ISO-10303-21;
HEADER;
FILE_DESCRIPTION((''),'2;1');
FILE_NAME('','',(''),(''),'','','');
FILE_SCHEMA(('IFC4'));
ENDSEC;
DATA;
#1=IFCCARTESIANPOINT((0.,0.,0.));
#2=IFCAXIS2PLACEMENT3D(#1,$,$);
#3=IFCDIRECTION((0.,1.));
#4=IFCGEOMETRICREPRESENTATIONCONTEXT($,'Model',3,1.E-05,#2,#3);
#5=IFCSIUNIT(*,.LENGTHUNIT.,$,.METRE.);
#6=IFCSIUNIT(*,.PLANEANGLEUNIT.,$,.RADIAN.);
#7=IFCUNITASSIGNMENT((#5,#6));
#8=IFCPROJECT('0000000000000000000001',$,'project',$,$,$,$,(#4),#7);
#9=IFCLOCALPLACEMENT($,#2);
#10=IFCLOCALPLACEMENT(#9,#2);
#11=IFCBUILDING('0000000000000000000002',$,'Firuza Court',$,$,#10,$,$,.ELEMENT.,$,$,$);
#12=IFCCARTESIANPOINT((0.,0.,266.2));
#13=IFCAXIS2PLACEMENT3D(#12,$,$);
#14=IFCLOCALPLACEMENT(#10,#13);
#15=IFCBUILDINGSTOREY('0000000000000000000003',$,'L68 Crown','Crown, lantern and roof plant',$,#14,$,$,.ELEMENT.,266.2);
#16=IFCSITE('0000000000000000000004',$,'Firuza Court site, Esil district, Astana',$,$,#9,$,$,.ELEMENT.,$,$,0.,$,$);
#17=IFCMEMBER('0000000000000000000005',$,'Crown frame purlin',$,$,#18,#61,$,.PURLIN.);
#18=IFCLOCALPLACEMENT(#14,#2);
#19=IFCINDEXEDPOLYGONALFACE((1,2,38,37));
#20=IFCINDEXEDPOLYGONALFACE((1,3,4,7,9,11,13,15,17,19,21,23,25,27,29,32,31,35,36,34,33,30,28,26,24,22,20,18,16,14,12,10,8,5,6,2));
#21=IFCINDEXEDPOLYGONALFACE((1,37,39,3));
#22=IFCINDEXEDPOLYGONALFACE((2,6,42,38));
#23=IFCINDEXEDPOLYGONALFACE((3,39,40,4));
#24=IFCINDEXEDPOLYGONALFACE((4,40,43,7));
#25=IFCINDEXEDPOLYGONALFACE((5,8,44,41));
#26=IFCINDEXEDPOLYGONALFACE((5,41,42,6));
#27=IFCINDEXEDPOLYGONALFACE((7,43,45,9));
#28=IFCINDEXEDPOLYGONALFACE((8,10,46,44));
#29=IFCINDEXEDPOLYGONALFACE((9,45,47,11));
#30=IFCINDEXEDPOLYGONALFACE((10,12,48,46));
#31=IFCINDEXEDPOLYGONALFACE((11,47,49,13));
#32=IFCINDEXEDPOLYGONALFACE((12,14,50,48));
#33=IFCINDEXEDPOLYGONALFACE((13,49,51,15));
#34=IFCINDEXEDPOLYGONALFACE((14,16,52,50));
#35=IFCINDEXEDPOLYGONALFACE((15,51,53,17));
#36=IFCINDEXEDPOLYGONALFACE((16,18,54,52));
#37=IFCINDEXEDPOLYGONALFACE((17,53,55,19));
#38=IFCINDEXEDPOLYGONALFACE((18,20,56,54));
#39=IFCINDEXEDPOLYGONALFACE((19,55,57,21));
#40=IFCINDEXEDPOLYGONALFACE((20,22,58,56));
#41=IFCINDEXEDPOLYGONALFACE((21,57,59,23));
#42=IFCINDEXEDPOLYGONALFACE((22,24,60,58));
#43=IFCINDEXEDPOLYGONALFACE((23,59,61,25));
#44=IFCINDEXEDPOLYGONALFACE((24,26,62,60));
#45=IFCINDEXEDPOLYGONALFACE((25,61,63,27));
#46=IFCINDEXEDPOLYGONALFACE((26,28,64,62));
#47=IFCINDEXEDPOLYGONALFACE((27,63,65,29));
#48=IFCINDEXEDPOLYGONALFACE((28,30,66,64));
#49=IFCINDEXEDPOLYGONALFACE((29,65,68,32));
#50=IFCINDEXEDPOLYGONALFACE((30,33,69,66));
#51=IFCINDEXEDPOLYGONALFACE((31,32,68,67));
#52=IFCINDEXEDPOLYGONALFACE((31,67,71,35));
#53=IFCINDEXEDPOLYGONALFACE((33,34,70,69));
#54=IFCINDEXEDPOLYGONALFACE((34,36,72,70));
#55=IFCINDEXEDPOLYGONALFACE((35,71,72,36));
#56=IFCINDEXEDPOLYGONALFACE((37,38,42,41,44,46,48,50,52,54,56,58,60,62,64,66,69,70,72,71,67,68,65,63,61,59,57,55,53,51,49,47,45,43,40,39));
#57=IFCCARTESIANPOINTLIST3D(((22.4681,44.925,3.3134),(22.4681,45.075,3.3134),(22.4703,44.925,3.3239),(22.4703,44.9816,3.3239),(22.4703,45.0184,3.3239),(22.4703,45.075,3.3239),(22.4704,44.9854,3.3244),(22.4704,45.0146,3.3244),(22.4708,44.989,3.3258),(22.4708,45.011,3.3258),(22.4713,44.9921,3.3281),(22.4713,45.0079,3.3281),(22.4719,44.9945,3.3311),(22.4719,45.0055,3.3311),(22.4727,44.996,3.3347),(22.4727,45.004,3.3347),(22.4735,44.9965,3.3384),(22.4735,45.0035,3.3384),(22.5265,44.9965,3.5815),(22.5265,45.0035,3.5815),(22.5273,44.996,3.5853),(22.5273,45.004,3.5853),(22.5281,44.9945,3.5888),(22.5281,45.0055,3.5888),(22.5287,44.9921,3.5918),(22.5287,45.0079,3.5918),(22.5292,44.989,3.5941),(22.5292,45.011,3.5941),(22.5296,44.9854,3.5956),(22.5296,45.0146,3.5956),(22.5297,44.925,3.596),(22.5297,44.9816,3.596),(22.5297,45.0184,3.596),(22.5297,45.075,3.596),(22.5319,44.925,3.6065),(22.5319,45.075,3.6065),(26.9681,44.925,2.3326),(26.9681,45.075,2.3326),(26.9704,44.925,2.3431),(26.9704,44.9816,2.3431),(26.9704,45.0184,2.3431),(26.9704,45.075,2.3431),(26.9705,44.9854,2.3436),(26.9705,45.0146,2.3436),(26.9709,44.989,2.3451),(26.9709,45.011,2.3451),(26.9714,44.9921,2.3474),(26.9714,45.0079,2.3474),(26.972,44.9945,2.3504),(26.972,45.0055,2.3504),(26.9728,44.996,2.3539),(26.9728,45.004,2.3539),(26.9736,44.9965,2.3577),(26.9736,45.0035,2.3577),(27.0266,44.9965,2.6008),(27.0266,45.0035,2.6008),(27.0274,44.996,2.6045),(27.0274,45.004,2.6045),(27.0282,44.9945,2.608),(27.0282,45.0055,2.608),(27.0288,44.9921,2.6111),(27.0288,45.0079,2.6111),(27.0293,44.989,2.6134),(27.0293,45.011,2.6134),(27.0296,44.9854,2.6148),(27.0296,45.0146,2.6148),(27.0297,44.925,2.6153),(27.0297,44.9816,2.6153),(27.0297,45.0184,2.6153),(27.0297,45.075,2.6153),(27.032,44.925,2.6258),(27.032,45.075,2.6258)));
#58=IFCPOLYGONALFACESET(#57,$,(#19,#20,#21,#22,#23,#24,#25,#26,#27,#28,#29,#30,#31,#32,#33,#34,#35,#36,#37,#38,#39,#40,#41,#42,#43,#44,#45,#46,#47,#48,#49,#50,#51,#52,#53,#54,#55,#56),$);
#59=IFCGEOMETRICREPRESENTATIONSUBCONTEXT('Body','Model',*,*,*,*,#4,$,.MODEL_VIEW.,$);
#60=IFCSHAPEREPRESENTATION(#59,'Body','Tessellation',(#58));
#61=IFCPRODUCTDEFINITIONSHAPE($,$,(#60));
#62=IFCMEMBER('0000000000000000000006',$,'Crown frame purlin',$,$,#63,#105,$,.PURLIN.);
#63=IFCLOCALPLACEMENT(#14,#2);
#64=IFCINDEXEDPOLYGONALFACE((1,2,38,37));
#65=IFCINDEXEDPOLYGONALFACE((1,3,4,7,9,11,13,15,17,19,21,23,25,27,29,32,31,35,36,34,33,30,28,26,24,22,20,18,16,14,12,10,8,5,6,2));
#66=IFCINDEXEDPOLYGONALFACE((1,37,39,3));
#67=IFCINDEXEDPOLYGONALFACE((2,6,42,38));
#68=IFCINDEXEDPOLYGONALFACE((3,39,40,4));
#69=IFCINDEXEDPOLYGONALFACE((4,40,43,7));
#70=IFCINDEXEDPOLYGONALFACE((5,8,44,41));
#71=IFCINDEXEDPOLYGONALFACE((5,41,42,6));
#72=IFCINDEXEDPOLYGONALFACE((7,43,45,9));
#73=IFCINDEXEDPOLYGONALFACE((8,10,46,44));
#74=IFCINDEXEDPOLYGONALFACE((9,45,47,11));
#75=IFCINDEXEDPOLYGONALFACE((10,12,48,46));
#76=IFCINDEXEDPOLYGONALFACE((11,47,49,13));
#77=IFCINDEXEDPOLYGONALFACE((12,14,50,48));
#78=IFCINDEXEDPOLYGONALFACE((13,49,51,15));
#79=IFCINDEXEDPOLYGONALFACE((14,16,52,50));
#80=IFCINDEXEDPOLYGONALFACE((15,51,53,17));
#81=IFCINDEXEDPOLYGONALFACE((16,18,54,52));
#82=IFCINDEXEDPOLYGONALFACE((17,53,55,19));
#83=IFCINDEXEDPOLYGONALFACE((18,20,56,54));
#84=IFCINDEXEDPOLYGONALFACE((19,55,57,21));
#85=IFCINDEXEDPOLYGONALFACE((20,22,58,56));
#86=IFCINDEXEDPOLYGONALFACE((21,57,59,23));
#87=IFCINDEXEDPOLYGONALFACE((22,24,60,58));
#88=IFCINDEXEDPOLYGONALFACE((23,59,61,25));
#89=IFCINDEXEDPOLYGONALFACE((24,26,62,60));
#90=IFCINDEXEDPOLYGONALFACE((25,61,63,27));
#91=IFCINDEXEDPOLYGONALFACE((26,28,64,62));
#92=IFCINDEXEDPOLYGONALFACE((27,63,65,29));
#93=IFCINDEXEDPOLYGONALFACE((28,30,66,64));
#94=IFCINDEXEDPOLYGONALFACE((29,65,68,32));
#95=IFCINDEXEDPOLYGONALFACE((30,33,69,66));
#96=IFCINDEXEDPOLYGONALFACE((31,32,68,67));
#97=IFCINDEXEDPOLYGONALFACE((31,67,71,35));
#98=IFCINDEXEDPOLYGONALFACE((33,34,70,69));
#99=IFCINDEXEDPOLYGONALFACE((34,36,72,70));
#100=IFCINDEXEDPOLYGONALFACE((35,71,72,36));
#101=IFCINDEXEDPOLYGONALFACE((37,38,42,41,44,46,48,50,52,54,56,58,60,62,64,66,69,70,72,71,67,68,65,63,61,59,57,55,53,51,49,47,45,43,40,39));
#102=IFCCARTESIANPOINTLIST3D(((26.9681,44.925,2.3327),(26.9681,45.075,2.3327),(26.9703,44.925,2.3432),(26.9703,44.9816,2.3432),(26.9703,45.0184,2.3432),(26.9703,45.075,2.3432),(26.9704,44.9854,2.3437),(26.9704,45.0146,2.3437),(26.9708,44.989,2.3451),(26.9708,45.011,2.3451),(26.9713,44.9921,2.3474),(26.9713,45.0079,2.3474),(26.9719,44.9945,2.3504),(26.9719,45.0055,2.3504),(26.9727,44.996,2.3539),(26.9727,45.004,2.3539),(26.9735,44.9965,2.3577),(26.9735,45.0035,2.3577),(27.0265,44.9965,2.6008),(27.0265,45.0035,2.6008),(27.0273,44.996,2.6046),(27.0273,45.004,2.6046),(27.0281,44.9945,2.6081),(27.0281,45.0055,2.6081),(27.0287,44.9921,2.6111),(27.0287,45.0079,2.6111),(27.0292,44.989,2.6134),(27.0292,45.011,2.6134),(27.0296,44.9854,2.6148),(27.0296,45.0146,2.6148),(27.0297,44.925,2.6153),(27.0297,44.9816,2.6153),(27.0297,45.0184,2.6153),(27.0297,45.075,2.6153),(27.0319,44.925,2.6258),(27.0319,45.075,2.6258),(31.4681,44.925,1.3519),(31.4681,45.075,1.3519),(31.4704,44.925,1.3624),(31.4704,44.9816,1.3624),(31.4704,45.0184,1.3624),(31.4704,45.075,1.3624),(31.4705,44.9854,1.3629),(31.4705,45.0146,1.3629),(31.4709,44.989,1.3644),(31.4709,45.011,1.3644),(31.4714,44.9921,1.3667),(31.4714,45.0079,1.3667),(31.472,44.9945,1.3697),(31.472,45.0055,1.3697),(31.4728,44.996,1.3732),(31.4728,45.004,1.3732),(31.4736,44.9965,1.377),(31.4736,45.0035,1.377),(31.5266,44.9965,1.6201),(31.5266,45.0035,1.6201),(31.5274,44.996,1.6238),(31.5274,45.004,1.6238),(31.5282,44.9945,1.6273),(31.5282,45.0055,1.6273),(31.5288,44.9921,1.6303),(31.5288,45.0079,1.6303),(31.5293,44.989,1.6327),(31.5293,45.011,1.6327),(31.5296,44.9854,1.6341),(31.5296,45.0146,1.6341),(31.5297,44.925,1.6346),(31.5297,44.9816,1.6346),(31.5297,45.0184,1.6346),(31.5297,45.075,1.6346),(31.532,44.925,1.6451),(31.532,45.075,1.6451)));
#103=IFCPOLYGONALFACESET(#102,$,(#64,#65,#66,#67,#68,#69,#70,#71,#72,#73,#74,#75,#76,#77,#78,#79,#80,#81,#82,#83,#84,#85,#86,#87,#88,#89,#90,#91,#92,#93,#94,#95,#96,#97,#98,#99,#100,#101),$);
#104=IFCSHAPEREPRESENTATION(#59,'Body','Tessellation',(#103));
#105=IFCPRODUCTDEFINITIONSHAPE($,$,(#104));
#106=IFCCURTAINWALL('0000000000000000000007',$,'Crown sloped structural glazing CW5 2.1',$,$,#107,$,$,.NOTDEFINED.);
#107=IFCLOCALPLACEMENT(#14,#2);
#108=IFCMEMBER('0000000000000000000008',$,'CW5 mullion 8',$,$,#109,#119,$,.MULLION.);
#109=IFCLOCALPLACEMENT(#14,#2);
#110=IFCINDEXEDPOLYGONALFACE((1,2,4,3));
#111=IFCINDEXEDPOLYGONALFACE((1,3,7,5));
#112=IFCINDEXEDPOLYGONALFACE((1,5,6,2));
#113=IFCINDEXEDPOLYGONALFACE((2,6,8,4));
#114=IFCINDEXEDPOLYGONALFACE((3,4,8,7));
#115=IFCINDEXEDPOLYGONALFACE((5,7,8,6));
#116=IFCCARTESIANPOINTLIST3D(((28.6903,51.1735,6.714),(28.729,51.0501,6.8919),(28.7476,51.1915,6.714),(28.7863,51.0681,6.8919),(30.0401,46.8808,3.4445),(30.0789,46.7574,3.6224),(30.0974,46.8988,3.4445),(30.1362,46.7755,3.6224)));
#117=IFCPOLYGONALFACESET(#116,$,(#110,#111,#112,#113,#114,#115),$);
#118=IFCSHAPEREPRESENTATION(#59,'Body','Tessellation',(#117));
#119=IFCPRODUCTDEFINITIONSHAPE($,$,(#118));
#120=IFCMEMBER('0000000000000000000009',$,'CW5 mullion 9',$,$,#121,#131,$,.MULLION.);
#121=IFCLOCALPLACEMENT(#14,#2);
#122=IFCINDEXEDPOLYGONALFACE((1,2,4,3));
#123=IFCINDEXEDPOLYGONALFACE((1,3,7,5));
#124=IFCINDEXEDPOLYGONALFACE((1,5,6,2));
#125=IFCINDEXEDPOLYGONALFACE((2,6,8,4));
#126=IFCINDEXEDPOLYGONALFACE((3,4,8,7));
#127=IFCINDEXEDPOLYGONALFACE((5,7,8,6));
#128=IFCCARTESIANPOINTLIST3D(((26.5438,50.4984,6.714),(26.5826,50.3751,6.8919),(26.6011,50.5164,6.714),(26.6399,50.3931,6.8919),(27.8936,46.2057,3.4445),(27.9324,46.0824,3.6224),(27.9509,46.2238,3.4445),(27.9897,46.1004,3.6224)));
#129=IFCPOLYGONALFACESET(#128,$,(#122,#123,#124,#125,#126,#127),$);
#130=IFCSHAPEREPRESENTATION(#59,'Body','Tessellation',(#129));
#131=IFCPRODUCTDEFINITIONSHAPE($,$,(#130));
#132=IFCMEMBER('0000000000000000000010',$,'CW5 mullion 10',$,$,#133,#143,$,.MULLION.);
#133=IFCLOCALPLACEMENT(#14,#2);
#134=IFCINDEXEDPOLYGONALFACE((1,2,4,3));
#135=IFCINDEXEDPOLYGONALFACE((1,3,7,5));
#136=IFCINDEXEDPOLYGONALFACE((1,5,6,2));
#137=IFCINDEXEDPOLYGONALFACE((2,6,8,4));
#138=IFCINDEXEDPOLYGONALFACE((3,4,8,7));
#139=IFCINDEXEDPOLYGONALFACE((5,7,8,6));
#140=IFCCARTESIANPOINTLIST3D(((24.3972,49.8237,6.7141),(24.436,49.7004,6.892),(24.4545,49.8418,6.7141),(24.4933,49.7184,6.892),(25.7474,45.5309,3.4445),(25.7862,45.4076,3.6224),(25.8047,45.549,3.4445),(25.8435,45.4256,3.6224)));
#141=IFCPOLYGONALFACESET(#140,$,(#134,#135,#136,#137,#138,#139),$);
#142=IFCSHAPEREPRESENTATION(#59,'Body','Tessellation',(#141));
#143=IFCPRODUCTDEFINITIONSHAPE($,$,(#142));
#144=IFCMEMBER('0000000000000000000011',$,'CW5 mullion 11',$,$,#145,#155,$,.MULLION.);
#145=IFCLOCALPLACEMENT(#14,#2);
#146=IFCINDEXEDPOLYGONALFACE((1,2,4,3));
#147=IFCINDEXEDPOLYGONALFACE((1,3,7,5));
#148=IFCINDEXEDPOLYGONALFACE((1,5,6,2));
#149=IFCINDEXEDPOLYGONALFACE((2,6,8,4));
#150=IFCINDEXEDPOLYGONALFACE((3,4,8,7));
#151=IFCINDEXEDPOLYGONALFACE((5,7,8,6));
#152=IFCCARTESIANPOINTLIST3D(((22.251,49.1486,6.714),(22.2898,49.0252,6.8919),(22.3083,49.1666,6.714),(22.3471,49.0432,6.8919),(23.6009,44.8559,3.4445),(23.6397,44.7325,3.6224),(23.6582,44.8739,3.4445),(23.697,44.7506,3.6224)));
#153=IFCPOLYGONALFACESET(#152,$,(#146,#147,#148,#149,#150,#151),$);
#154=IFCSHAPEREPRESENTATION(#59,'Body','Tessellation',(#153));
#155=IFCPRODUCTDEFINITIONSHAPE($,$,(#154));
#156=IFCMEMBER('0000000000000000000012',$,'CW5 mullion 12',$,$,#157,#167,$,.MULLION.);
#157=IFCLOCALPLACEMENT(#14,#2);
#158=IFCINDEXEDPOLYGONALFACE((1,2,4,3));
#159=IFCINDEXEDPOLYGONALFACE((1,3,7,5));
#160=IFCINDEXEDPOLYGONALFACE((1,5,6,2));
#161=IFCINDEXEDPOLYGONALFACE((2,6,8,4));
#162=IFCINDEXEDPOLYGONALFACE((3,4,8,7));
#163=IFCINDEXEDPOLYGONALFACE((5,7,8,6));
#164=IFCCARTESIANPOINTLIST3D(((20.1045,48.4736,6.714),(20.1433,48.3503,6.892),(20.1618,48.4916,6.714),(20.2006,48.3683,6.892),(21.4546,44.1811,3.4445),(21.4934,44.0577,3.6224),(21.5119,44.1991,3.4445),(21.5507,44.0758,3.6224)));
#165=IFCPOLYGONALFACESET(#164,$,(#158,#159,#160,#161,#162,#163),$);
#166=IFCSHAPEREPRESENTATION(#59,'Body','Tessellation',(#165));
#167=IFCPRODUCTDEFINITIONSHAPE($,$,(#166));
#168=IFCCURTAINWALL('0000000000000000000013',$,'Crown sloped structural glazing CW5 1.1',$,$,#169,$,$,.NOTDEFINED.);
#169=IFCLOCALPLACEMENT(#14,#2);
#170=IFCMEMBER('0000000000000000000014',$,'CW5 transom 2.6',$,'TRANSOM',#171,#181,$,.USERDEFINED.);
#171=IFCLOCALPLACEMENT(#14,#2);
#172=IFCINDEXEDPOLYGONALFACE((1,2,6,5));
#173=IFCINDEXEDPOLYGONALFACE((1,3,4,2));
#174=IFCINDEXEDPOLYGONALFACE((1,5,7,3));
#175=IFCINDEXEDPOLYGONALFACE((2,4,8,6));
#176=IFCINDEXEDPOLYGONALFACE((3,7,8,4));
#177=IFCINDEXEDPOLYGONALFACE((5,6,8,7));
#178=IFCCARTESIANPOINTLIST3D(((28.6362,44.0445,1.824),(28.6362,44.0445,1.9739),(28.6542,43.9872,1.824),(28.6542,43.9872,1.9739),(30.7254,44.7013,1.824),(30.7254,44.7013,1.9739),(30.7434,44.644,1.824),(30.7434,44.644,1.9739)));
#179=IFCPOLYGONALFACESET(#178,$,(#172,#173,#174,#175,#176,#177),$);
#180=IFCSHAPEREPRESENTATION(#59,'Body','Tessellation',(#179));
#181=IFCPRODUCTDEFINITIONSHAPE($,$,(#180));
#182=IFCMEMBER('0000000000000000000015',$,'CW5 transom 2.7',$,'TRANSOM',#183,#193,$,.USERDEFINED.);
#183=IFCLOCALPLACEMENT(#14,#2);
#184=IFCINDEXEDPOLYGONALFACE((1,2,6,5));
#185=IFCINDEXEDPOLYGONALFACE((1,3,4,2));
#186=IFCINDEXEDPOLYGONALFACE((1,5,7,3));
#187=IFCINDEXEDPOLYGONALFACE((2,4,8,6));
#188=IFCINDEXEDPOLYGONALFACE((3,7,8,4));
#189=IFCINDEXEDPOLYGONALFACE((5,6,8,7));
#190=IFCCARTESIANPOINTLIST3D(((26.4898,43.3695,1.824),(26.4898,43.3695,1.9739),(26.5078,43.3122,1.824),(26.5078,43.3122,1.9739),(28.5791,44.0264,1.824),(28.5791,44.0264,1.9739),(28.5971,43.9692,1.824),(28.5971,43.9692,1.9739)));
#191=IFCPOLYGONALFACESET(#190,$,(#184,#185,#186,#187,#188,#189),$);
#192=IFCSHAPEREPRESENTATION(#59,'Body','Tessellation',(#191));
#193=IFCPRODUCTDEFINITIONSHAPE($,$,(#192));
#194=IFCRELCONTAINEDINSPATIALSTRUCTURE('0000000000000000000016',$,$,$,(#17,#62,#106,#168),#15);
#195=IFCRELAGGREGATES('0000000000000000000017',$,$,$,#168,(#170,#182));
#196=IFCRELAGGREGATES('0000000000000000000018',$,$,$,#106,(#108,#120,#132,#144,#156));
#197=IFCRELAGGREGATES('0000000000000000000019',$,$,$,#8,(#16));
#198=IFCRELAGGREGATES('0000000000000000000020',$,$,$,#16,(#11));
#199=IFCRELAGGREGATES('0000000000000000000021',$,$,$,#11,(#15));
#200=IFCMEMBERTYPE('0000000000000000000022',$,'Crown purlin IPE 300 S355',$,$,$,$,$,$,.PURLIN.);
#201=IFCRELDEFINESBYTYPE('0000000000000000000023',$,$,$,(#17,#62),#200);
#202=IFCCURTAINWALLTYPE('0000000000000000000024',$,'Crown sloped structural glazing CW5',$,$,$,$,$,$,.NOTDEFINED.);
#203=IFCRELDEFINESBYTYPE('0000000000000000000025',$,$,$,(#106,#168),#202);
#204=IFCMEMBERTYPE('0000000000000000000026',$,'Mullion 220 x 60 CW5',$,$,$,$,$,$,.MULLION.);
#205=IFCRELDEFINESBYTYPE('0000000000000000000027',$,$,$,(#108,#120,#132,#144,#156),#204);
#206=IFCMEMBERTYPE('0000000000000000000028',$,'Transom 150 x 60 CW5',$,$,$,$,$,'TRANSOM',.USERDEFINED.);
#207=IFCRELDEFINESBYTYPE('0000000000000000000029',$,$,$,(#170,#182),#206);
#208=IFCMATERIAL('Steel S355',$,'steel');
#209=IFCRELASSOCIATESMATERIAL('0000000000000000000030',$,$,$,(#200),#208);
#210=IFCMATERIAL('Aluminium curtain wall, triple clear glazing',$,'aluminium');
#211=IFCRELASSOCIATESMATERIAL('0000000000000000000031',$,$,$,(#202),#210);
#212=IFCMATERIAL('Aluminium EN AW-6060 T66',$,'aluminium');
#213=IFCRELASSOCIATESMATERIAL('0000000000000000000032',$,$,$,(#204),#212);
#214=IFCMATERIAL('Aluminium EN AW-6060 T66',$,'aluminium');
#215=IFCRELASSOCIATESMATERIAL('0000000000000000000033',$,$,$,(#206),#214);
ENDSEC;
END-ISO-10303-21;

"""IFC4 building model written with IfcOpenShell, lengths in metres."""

from ifc_helpers import new_model, si_unit, direction, frame, origin, origin_2d, place, context, subcontext, project, spatial, rectangle, i_section, extrude, material, material_profile, profile_set, type_object, element, aggregate, save


model = new_model("IFC4")

# Units and contexts
model_context = context("Model", 3, precision=1e-05, world=origin(), true_north=direction((0.0, 1.0)))
body_context = subcontext(model_context, "Body", "Model", "MODEL_VIEW")
ifc_project = project(units=[si_unit("LENGTHUNIT", "METRE"), si_unit("PLANEANGLEUNIT", "RADIAN")], contexts=[model_context])

# Site, building, storey
site_placement = place(None, origin())
site = spatial("IfcSite", under=ifc_project, at=site_placement, Name="Firuza Court site, Esil district, Astana", CompositionType="ELEMENT", RefElevation=0.0)
building_placement = place(site_placement, origin())
building = spatial("IfcBuilding", under=site, at=building_placement, Name="Firuza Court", CompositionType="ELEMENT")
storey_placement = place(building_placement, frame((0.0, 0.0, 266.2)))
storey = spatial("IfcBuildingStorey", under=building, at=storey_placement, Name="L68 Crown", Description="Crown, lantern and roof plant", CompositionType="ELEMENT", Elevation=266.2)

# Members
ifc_material_1 = material(Name="Steel S355", Category="steel")
ifc_material_profile_1 = material_profile(ifc_material_1, i_section(OverallWidth=0.1499, OverallDepth=0.3, WebThickness=0.0071, FlangeThickness=0.0107, FilletRadius=0.0149, at=origin_2d()), Name="IPE 300")
ifc_profile_set_1 = profile_set([ifc_material_profile_1], Name="Steel S355")
member_type_1 = type_object("IfcMemberType", Name="Crown purlin IPE 300 S355", PredefinedType="PURLIN", material=ifc_profile_set_1)
for number, where, z_axis, x_axis, name in (
    (1, (22.5, 45.0, 3.46), (0.977066, 0.0, -0.212938), (0.0, 1.0, 0.0), "Crown frame purlin"),
    (2, (27.0, 45.0, 2.4792), (0.977066, 0.0, -0.212938), (0.0, 1.0, 0.0), "Crown frame purlin"),
):
    element("IfcMember", number, at=place(storey_placement, frame(where, z_axis=z_axis, x_axis=x_axis)), inside=storey, type_object=member_type_1, Name=name, PredefinedType="PURLIN", context=body_context, shape_type="SweptSolid", body=[
        extrude(i_section(OverallWidth=0.1499, OverallDepth=0.3, WebThickness=0.0071, FlangeThickness=0.0107, FilletRadius=0.0149, at=origin_2d()), origin(), (0.0, 0.0, 1.0), 4.6057),
    ])

# Curtain walls, members
ifc_material_2 = material(Name="Aluminium curtain wall, triple clear glazing", Category="aluminium")
curtain_wall_type = type_object("IfcCurtainWallType", Name="Crown sloped structural glazing CW5", PredefinedType="NOTDEFINED", material=ifc_material_2)
curtain_wall_1_placement = place(storey_placement, origin())
curtain_wall_1 = element("IfcCurtainWall", 3, at=curtain_wall_1_placement, inside=storey, type_object=curtain_wall_type, Name="Crown sloped structural glazing CW5 2.1", PredefinedType="NOTDEFINED")
ifc_material_3 = material(Name="Aluminium EN AW-6060 T66", Category="aluminium")
ifc_material_profile_2 = material_profile(ifc_material_3, rectangle(XDim=0.0601, YDim=0.22, at=origin_2d()), Name="Mullion 220 x 60 CW5")
ifc_profile_set_2 = profile_set([ifc_material_profile_2], Name="Aluminium EN AW-6060 T66")
member_type_2 = type_object("IfcMemberType", Name="Mullion 220 x 60 CW5", PredefinedType="MULLION", material=ifc_profile_set_2)
member_1_placement = place(storey_placement, frame((30.0881, 46.8281, 3.5334), z_axis=(-0.242678, 0.77175, 0.5878), x_axis=(-0.953948, -0.29997, 0.0)))
member_1 = element("IfcMember", 4, at=member_1_placement, type_object=member_type_2, Name="CW5 mullion 8", PredefinedType="MULLION", context=body_context, shape_type="SweptSolid", body=[
    extrude(rectangle(XDim=0.0601, YDim=0.22, at=origin_2d()), origin(), (0.0, 0.0, 1.0), 5.5623),
])
member_2_placement = place(storey_placement, frame((27.9417, 46.1531, 3.5334), z_axis=(-0.242678, 0.77175, 0.5878), x_axis=(-0.953948, -0.29997, 0.0)))
member_2 = element("IfcMember", 5, at=member_2_placement, type_object=member_type_2, Name="CW5 mullion 9", PredefinedType="MULLION", context=body_context, shape_type="SweptSolid", body=[
    extrude(rectangle(XDim=0.0601, YDim=0.22, at=origin_2d()), origin(), (0.0, 0.0, 1.0), 5.5623),
])
member_3_placement = place(storey_placement, frame((25.7954, 45.4783, 3.5334), z_axis=(-0.242719, 0.771742, 0.587793), x_axis=(-0.953933, -0.30002, 0.0)))
member_3 = element("IfcMember", 6, at=member_3_placement, type_object=member_type_2, Name="CW5 mullion 10", PredefinedType="MULLION", context=body_context, shape_type="SweptSolid", body=[
    extrude(rectangle(XDim=0.0601, YDim=0.22, at=origin_2d()), origin(), (0.0, 0.0, 1.0), 5.5625),
])
member_4_placement = place(storey_placement, frame((23.6489, 44.8032, 3.5334), z_axis=(-0.242678, 0.77175, 0.5878), x_axis=(-0.953948, -0.29997, 0.0)))
member_4 = element("IfcMember", 7, at=member_4_placement, type_object=member_type_2, Name="CW5 mullion 11", PredefinedType="MULLION", context=body_context, shape_type="SweptSolid", body=[
    extrude(rectangle(XDim=0.0601, YDim=0.22, at=origin_2d()), origin(), (0.0, 0.0, 1.0), 5.5623),
])
member_5_placement = place(storey_placement, frame((21.5027, 44.1284, 3.5334), z_axis=(-0.242728, 0.771725, 0.587813), x_axis=(-0.953928, -0.300035, 0.0)))
member_5 = element("IfcMember", 8, at=member_5_placement, type_object=member_type_2, Name="CW5 mullion 12", PredefinedType="MULLION", context=body_context, shape_type="SweptSolid", body=[
    extrude(rectangle(XDim=0.0601, YDim=0.22, at=origin_2d()), origin(), (0.0, 0.0, 1.0), 5.5623),
])
curtain_wall_2_placement = place(storey_placement, origin())
curtain_wall_2 = element("IfcCurtainWall", 9, at=curtain_wall_2_placement, inside=storey, type_object=curtain_wall_type, Name="Crown sloped structural glazing CW5 1.1", PredefinedType="NOTDEFINED")
ifc_material_4 = material(Name="Aluminium EN AW-6060 T66", Category="aluminium")
ifc_material_profile_3 = material_profile(ifc_material_4, rectangle(XDim=0.0601, YDim=0.1499, at=origin_2d()), Name="Transom 150 x 60 CW5")
ifc_profile_set_3 = profile_set([ifc_material_profile_3], Name="Aluminium EN AW-6060 T66")
member_type_3 = type_object("IfcMemberType", Name="Transom 150 x 60 CW5", ElementType="TRANSOM", PredefinedType="USERDEFINED", material=ifc_profile_set_3)
member_6_placement = place(storey_placement, frame((30.7344, 44.6726, 1.8989), z_axis=(-0.953973, -0.299893, 0.0), x_axis=(0.299893, -0.953973, 0.0)))
member_6 = element("IfcMember", 10, at=member_6_placement, type_object=member_type_3, Name="CW5 transom 2.6", ObjectType="TRANSOM", PredefinedType="USERDEFINED", context=body_context, shape_type="SweptSolid", body=[
    extrude(rectangle(XDim=0.0601, YDim=0.1499, at=origin_2d()), origin(), (0.0, 0.0, 1.0), 2.1899),
])
member_7_placement = place(storey_placement, frame((28.5881, 43.9978, 1.8989), z_axis=(-0.953951, -0.299963, 0.0), x_axis=(0.299963, -0.953951, 0.0)))
member_7 = element("IfcMember", 11, at=member_7_placement, type_object=member_type_3, Name="CW5 transom 2.7", ObjectType="TRANSOM", PredefinedType="USERDEFINED", context=body_context, shape_type="SweptSolid", body=[
    extrude(rectangle(XDim=0.0601, YDim=0.1499, at=origin_2d()), origin(), (0.0, 0.0, 1.0), 2.1902),
])

aggregate(curtain_wall_2, [member_6, member_7])
aggregate(curtain_wall_1, [member_1, member_2, member_3, member_4, member_5])

save(model, "model.ifc")
